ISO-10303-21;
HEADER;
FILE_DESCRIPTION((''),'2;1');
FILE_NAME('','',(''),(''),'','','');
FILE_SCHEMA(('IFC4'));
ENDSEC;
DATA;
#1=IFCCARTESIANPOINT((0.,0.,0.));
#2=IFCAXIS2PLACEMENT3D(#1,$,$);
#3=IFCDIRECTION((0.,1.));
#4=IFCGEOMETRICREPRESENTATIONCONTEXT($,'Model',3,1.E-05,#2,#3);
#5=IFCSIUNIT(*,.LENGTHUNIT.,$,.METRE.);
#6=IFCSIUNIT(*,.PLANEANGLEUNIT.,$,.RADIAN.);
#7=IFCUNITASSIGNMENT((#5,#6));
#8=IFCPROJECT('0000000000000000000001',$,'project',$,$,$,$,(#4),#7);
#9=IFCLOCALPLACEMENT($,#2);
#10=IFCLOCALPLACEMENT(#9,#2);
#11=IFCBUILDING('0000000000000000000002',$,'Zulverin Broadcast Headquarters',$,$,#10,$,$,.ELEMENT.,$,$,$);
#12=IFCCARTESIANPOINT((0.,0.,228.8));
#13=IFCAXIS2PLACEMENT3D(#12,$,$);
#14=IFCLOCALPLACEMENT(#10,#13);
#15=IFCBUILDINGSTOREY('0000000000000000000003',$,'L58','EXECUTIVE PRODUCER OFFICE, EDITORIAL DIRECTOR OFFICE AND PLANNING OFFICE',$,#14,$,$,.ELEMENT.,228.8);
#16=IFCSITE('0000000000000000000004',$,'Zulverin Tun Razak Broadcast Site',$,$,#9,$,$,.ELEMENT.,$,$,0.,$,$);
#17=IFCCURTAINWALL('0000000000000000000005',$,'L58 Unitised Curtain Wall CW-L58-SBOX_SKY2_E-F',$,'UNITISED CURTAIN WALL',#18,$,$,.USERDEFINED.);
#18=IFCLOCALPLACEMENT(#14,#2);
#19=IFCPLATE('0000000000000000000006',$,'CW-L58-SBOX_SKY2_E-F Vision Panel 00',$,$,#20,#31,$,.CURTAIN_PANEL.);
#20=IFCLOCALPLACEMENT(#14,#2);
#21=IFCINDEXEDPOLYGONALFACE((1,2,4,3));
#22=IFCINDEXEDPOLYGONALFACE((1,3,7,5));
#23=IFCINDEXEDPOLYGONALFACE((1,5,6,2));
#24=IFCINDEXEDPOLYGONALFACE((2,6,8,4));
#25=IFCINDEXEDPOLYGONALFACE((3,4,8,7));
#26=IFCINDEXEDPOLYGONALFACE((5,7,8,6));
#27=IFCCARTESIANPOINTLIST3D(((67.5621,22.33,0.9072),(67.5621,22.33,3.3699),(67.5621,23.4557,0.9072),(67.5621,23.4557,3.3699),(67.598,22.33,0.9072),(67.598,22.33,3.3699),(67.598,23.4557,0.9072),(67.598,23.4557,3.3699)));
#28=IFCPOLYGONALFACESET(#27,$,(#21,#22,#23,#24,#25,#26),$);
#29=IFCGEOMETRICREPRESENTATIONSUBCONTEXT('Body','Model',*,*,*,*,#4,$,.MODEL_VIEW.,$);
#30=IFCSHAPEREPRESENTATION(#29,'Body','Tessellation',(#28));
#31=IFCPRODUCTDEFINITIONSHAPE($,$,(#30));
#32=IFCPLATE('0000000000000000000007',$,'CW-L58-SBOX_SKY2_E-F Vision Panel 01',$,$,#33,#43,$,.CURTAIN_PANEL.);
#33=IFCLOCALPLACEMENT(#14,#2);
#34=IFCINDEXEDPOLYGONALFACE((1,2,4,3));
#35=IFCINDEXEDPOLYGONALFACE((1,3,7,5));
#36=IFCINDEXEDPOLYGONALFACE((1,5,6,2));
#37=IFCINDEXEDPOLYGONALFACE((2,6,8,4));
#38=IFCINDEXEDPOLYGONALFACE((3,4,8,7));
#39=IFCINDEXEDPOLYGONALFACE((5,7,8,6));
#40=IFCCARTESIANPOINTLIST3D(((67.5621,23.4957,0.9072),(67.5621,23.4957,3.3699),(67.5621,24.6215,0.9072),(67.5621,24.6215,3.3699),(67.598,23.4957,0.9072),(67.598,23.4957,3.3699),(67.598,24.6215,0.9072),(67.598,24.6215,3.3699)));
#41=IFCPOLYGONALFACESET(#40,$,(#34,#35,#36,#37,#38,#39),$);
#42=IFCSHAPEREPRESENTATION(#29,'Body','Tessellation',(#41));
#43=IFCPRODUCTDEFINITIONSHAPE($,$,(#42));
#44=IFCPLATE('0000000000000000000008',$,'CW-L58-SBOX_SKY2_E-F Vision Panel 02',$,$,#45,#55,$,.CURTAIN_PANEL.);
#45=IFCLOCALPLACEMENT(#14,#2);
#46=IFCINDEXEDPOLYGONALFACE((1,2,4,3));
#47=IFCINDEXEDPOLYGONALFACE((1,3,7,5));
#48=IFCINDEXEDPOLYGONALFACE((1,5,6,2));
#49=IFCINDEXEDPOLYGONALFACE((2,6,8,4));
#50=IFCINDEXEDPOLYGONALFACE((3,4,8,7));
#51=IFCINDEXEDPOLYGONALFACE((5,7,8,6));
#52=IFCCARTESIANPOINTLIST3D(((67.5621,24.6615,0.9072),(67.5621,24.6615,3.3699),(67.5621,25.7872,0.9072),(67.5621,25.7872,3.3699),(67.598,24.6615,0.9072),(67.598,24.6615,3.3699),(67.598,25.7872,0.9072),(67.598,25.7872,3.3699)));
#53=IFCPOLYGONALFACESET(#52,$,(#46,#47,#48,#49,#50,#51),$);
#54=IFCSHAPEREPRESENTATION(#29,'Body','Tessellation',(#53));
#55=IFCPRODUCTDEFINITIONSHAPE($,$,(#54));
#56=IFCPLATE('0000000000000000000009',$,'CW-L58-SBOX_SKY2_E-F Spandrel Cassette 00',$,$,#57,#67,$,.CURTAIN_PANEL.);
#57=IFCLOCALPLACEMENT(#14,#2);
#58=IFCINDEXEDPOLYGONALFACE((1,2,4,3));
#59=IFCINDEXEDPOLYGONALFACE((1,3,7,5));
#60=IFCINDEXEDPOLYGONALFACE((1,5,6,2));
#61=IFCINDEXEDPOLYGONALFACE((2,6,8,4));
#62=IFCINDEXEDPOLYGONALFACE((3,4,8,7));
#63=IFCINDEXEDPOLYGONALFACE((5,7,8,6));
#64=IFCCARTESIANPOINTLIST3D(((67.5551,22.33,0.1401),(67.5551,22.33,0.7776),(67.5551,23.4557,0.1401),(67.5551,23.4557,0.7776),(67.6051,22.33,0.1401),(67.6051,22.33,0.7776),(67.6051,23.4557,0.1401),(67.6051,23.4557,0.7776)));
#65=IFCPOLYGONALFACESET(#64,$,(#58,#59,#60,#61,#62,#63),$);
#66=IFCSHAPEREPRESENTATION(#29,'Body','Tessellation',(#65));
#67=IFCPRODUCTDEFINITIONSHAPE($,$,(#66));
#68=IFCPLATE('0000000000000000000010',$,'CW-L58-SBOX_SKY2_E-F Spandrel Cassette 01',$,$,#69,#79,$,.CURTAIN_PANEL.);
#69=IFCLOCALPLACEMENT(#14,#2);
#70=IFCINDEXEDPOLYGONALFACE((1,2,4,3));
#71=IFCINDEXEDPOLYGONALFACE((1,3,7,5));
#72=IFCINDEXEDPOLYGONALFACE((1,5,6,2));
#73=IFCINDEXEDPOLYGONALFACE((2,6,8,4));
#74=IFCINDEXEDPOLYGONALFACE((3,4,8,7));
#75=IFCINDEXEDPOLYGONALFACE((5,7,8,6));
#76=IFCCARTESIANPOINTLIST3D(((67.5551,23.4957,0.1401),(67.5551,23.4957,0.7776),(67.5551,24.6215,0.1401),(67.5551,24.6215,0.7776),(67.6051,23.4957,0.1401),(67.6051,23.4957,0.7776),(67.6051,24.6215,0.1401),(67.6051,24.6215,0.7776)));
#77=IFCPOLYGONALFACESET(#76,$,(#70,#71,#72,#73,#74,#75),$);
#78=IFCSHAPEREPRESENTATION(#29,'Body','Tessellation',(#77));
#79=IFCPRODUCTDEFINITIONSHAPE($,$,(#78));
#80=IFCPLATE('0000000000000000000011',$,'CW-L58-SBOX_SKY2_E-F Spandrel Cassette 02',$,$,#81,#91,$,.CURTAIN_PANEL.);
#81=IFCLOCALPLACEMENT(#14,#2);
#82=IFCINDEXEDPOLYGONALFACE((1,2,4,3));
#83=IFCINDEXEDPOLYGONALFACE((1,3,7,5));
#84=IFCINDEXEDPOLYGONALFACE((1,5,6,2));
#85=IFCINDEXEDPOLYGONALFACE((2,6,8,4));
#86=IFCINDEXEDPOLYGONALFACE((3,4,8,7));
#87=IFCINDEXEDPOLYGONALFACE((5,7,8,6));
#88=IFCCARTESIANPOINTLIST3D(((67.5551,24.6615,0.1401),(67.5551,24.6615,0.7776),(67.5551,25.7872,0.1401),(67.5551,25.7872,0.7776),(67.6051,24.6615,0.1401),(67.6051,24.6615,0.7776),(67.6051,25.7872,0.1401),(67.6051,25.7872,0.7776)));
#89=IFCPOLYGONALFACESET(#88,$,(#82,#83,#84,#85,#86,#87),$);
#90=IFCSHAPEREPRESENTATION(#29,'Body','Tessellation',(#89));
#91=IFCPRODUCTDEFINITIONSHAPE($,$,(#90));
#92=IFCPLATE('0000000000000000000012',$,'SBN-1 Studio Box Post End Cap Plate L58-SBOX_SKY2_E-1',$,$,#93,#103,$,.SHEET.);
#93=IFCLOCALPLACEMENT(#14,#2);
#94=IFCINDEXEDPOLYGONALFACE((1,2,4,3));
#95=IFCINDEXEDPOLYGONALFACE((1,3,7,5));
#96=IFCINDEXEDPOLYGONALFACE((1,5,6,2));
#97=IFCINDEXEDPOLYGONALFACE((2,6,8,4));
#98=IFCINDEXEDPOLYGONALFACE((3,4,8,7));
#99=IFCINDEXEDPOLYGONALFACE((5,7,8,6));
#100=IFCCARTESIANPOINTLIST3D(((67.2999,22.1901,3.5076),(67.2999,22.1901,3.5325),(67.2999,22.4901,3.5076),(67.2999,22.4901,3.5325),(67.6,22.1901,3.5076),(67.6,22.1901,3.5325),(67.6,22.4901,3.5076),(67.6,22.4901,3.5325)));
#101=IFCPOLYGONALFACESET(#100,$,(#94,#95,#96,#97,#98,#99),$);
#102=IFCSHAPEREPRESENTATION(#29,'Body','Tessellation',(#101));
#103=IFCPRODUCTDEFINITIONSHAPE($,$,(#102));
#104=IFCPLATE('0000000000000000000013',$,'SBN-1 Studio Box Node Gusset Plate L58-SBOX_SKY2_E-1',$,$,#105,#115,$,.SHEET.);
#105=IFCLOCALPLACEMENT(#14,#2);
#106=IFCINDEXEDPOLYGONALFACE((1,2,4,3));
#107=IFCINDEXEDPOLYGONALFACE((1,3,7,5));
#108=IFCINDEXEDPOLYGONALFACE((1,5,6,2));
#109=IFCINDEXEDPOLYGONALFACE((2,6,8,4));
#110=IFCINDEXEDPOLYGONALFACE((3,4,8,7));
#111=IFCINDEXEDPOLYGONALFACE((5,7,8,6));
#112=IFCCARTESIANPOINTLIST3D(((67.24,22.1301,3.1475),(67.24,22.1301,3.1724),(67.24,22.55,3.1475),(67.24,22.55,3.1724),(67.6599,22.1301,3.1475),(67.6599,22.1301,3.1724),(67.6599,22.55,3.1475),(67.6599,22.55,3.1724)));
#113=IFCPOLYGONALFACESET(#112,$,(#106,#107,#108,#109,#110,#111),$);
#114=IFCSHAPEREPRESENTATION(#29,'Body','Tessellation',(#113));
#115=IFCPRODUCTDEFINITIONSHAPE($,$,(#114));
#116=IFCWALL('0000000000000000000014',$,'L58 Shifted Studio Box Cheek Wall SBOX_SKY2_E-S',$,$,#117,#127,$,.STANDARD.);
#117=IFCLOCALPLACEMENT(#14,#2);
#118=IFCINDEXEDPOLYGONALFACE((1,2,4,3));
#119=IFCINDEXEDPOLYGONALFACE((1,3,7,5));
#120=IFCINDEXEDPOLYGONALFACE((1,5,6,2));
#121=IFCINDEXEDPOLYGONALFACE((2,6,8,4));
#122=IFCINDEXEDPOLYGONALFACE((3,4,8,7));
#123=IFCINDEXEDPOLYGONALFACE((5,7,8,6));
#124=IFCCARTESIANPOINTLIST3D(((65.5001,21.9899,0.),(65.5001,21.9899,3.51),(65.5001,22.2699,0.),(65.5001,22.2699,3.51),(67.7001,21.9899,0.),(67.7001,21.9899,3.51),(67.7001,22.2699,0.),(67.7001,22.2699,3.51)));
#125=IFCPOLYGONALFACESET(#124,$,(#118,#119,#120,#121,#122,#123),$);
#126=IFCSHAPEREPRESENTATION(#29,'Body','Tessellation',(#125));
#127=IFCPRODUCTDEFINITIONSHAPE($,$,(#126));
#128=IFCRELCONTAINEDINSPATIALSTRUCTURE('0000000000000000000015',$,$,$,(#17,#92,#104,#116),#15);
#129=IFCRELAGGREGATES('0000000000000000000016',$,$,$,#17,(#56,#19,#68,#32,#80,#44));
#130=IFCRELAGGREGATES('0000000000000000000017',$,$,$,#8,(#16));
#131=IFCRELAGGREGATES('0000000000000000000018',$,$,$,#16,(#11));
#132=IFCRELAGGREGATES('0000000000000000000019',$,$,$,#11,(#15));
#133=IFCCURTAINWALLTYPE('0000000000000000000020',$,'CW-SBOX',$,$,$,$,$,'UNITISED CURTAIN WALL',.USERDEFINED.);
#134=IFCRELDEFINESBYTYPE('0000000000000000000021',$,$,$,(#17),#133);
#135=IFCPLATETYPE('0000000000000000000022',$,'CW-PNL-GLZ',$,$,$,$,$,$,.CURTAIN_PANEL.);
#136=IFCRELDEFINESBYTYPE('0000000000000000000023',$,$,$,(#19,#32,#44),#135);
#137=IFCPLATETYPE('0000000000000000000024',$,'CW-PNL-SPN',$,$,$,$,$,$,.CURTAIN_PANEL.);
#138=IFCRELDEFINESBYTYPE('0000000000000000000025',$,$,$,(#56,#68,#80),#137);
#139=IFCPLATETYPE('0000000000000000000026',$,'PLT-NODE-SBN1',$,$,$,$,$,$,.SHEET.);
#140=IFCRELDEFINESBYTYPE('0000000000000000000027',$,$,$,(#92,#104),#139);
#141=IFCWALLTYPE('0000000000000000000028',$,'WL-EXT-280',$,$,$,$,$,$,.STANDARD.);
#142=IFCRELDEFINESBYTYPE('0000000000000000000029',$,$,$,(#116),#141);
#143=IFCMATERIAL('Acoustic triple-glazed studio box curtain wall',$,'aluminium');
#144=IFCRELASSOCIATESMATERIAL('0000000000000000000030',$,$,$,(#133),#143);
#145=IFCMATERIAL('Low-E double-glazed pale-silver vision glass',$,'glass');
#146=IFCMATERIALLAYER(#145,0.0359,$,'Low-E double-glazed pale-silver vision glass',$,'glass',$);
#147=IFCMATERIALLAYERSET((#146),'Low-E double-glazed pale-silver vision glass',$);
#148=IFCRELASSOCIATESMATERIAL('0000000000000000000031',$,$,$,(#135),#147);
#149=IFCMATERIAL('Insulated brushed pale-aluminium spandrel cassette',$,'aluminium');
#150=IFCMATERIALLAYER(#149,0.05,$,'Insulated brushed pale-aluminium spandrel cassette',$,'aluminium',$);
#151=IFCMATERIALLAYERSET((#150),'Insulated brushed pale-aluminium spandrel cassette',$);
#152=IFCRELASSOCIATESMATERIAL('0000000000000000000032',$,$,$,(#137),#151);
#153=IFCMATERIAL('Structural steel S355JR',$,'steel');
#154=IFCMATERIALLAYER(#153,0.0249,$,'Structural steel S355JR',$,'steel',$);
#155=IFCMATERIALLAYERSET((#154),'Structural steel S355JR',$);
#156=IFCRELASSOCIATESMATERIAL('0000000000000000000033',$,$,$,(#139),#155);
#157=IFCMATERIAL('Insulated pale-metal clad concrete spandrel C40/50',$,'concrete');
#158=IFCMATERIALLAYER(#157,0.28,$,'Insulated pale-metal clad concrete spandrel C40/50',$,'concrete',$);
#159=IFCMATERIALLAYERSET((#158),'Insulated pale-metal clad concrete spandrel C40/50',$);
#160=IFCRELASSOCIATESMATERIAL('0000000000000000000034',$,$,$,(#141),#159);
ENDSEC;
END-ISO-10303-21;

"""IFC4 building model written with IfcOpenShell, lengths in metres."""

from ifc_helpers import new_model, si_unit, direction, frame, frame_2d, origin, origin_2d, place, context, subcontext, project, spatial, rectangle, extrude, material, layer, layer_set, type_object, element, aggregate, save


model = new_model("IFC4")

# Units and contexts
model_context = context("Model", 3, precision=1e-05, world=origin(), true_north=direction((0.0, 1.0)))
body_context = subcontext(model_context, "Body", "Model", "MODEL_VIEW")
ifc_project = project(units=[si_unit("LENGTHUNIT", "METRE"), si_unit("PLANEANGLEUNIT", "RADIAN")], contexts=[model_context])

# Site, building, storey
site_placement = place(None, origin())
site = spatial("IfcSite", under=ifc_project, at=site_placement, Name="Zulverin Tun Razak Broadcast Site", CompositionType="ELEMENT", RefElevation=0.0)
building_placement = place(site_placement, origin())
building = spatial("IfcBuilding", under=site, at=building_placement, Name="Zulverin Broadcast Headquarters", CompositionType="ELEMENT")
storey_placement = place(building_placement, frame((0.0, 0.0, 228.8)))
storey = spatial("IfcBuildingStorey", under=building, at=storey_placement, Name="L58", Description="EXECUTIVE PRODUCER OFFICE, EDITORIAL DIRECTOR OFFICE AND PLANNING OFFICE", CompositionType="ELEMENT", Elevation=228.8)

# Shared definitions
ifc_material_1 = material(Name="Structural steel S355JR", Category="steel")

# Curtain wall
ifc_material_2 = material(Name="Acoustic triple-glazed studio box curtain wall", Category="aluminium")
curtain_wall_type = type_object("IfcCurtainWallType", Name="CW-SBOX", ElementType="UNITISED CURTAIN WALL", PredefinedType="USERDEFINED", material=ifc_material_2)
curtain_wall_placement = place(storey_placement, origin())
curtain_wall = element("IfcCurtainWall", 1, at=curtain_wall_placement, inside=storey, type_object=curtain_wall_type, Name="L58 Unitised Curtain Wall CW-L58-SBOX_SKY2_E-F", ObjectType="UNITISED CURTAIN WALL", PredefinedType="USERDEFINED")

# Plates
ifc_material_3 = material(Name="Low-E double-glazed pale-silver vision glass", Category="glass")
ifc_layer_1 = layer(ifc_material_3, 0.0359, Name="Low-E double-glazed pale-silver vision glass", Category="glass")
ifc_layer_set_1 = layer_set([ifc_layer_1], Name="Low-E double-glazed pale-silver vision glass")
plate_type_1 = type_object("IfcPlateType", Name="CW-PNL-GLZ", PredefinedType="CURTAIN_PANEL", material=ifc_layer_set_1)
plate_1_placement = place(storey_placement, frame((67.5801, 22.8928, 0.9072), z_axis=(0.0, 0.0, 1.0), x_axis=(0.0, 1.0, 0.0)))
plate_1 = element("IfcPlate", 2, at=plate_1_placement, type_object=plate_type_1, Name="CW-L58-SBOX_SKY2_E-F Vision Panel 00", PredefinedType="CURTAIN_PANEL", context=body_context, shape_type="SweptSolid", body=[
    extrude(rectangle(XDim=1.1257, YDim=0.0359, at=origin_2d()), origin(), (0.0, 0.0, 1.0), 2.4626),
])
plate_2_placement = place(storey_placement, frame((67.5801, 24.0586, 0.9072), z_axis=(0.0, 0.0, 1.0), x_axis=(0.0, 1.0, 0.0)))
plate_2 = element("IfcPlate", 3, at=plate_2_placement, type_object=plate_type_1, Name="CW-L58-SBOX_SKY2_E-F Vision Panel 01", PredefinedType="CURTAIN_PANEL", context=body_context, shape_type="SweptSolid", body=[
    extrude(rectangle(XDim=1.1257, YDim=0.0359, at=origin_2d()), origin(), (0.0, 0.0, 1.0), 2.4626),
])
plate_3_placement = place(storey_placement, frame((67.5801, 25.2244, 0.9072), z_axis=(0.0, 0.0, 1.0), x_axis=(0.0, 1.0, 0.0)))
plate_3 = element("IfcPlate", 4, at=plate_3_placement, type_object=plate_type_1, Name="CW-L58-SBOX_SKY2_E-F Vision Panel 02", PredefinedType="CURTAIN_PANEL", context=body_context, shape_type="SweptSolid", body=[
    extrude(rectangle(XDim=1.1257, YDim=0.0359, at=origin_2d()), origin(), (0.0, 0.0, 1.0), 2.4626),
])
ifc_material_4 = material(Name="Insulated brushed pale-aluminium spandrel cassette", Category="aluminium")
ifc_layer_2 = layer(ifc_material_4, 0.05, Name="Insulated brushed pale-aluminium spandrel cassette", Category="aluminium")
ifc_layer_set_2 = layer_set([ifc_layer_2], Name="Insulated brushed pale-aluminium spandrel cassette")
plate_type_2 = type_object("IfcPlateType", Name="CW-PNL-SPN", PredefinedType="CURTAIN_PANEL", material=ifc_layer_set_2)
plate_4_placement = place(storey_placement, frame((67.5801, 22.8928, 0.1401), z_axis=(0.0, 0.0, 1.0), x_axis=(0.0, 1.0, 0.0)))
plate_4 = element("IfcPlate", 5, at=plate_4_placement, type_object=plate_type_2, Name="CW-L58-SBOX_SKY2_E-F Spandrel Cassette 00", PredefinedType="CURTAIN_PANEL", context=body_context, shape_type="SweptSolid", body=[
    extrude(rectangle(XDim=1.1257, YDim=0.05, at=origin_2d()), origin(), (0.0, 0.0, 1.0), 0.6375),
])
plate_5_placement = place(storey_placement, frame((67.5801, 24.0586, 0.1401), z_axis=(0.0, 0.0, 1.0), x_axis=(0.0, 1.0, 0.0)))
plate_5 = element("IfcPlate", 6, at=plate_5_placement, type_object=plate_type_2, Name="CW-L58-SBOX_SKY2_E-F Spandrel Cassette 01", PredefinedType="CURTAIN_PANEL", context=body_context, shape_type="SweptSolid", body=[
    extrude(rectangle(XDim=1.1257, YDim=0.05, at=origin_2d()), origin(), (0.0, 0.0, 1.0), 0.6375),
])
plate_6_placement = place(storey_placement, frame((67.5801, 25.2244, 0.1401), z_axis=(0.0, 0.0, 1.0), x_axis=(0.0, 1.0, 0.0)))
plate_6 = element("IfcPlate", 7, at=plate_6_placement, type_object=plate_type_2, Name="CW-L58-SBOX_SKY2_E-F Spandrel Cassette 02", PredefinedType="CURTAIN_PANEL", context=body_context, shape_type="SweptSolid", body=[
    extrude(rectangle(XDim=1.1257, YDim=0.05, at=origin_2d()), origin(), (0.0, 0.0, 1.0), 0.6375),
])
aggregate(curtain_wall, [plate_4, plate_1, plate_5, plate_2, plate_6, plate_3])

# Plates
ifc_layer_3 = layer(ifc_material_1, 0.0249, Name="Structural steel S355JR", Category="steel")
ifc_layer_set_3 = layer_set([ifc_layer_3], Name="Structural steel S355JR")
plate_type_3 = type_object("IfcPlateType", Name="PLT-NODE-SBN1", PredefinedType="SHEET", material=ifc_layer_set_3)
plate_7_placement = place(storey_placement, frame((67.45, 22.3401, 3.5076), z_axis=(0.0, 0.0, 1.0), x_axis=(1.0, 0.0, 0.0)))
element("IfcPlate", 8, at=plate_7_placement, inside=storey, type_object=plate_type_3, Name="SBN-1 Studio Box Post End Cap Plate L58-SBOX_SKY2_E-1", PredefinedType="SHEET", context=body_context, shape_type="SweptSolid", body=[
    extrude(rectangle(XDim=0.3, YDim=0.3, at=origin_2d()), origin(), (0.0, 0.0, 1.0), 0.0249),
])
plate_8_placement = place(storey_placement, frame((67.45, 22.3401, 3.1475), z_axis=(0.0, 0.0, 1.0), x_axis=(1.0, 0.0, 0.0)))
element("IfcPlate", 9, at=plate_8_placement, inside=storey, type_object=plate_type_3, Name="SBN-1 Studio Box Node Gusset Plate L58-SBOX_SKY2_E-1", PredefinedType="SHEET", context=body_context, shape_type="SweptSolid", body=[
    extrude(rectangle(XDim=0.4199, YDim=0.4199, at=origin_2d()), origin(), (0.0, 0.0, 1.0), 0.0249),
])

# Wall
ifc_material_5 = material(Name="Insulated pale-metal clad concrete spandrel C40/50", Category="concrete")
ifc_layer_4 = layer(ifc_material_5, 0.28, Name="Insulated pale-metal clad concrete spandrel C40/50", Category="concrete")
ifc_layer_set_4 = layer_set([ifc_layer_4], Name="Insulated pale-metal clad concrete spandrel C40/50")
wall_type_1 = type_object("IfcWallType", Name="WL-EXT-280", PredefinedType="STANDARD", material=ifc_layer_set_4)
wall_1_placement = place(storey_placement, frame((65.5, 22.1299, 0.0), z_axis=(0.0, 0.0, 1.0), x_axis=(1.0, 0.0, 0.0)))
element("IfcWall", 10, at=wall_1_placement, inside=storey, type_object=wall_type_1, Name="L58 Shifted Studio Box Cheek Wall SBOX_SKY2_E-S", PredefinedType="STANDARD", context=body_context, shape_type="SweptSolid", body=[
    extrude(rectangle(XDim=2.2, YDim=0.28, at=frame_2d((1.1001, 0.0))), origin(), (0.0, 0.0, 1.0), 3.51),
])

save(model, "model.ifc")
